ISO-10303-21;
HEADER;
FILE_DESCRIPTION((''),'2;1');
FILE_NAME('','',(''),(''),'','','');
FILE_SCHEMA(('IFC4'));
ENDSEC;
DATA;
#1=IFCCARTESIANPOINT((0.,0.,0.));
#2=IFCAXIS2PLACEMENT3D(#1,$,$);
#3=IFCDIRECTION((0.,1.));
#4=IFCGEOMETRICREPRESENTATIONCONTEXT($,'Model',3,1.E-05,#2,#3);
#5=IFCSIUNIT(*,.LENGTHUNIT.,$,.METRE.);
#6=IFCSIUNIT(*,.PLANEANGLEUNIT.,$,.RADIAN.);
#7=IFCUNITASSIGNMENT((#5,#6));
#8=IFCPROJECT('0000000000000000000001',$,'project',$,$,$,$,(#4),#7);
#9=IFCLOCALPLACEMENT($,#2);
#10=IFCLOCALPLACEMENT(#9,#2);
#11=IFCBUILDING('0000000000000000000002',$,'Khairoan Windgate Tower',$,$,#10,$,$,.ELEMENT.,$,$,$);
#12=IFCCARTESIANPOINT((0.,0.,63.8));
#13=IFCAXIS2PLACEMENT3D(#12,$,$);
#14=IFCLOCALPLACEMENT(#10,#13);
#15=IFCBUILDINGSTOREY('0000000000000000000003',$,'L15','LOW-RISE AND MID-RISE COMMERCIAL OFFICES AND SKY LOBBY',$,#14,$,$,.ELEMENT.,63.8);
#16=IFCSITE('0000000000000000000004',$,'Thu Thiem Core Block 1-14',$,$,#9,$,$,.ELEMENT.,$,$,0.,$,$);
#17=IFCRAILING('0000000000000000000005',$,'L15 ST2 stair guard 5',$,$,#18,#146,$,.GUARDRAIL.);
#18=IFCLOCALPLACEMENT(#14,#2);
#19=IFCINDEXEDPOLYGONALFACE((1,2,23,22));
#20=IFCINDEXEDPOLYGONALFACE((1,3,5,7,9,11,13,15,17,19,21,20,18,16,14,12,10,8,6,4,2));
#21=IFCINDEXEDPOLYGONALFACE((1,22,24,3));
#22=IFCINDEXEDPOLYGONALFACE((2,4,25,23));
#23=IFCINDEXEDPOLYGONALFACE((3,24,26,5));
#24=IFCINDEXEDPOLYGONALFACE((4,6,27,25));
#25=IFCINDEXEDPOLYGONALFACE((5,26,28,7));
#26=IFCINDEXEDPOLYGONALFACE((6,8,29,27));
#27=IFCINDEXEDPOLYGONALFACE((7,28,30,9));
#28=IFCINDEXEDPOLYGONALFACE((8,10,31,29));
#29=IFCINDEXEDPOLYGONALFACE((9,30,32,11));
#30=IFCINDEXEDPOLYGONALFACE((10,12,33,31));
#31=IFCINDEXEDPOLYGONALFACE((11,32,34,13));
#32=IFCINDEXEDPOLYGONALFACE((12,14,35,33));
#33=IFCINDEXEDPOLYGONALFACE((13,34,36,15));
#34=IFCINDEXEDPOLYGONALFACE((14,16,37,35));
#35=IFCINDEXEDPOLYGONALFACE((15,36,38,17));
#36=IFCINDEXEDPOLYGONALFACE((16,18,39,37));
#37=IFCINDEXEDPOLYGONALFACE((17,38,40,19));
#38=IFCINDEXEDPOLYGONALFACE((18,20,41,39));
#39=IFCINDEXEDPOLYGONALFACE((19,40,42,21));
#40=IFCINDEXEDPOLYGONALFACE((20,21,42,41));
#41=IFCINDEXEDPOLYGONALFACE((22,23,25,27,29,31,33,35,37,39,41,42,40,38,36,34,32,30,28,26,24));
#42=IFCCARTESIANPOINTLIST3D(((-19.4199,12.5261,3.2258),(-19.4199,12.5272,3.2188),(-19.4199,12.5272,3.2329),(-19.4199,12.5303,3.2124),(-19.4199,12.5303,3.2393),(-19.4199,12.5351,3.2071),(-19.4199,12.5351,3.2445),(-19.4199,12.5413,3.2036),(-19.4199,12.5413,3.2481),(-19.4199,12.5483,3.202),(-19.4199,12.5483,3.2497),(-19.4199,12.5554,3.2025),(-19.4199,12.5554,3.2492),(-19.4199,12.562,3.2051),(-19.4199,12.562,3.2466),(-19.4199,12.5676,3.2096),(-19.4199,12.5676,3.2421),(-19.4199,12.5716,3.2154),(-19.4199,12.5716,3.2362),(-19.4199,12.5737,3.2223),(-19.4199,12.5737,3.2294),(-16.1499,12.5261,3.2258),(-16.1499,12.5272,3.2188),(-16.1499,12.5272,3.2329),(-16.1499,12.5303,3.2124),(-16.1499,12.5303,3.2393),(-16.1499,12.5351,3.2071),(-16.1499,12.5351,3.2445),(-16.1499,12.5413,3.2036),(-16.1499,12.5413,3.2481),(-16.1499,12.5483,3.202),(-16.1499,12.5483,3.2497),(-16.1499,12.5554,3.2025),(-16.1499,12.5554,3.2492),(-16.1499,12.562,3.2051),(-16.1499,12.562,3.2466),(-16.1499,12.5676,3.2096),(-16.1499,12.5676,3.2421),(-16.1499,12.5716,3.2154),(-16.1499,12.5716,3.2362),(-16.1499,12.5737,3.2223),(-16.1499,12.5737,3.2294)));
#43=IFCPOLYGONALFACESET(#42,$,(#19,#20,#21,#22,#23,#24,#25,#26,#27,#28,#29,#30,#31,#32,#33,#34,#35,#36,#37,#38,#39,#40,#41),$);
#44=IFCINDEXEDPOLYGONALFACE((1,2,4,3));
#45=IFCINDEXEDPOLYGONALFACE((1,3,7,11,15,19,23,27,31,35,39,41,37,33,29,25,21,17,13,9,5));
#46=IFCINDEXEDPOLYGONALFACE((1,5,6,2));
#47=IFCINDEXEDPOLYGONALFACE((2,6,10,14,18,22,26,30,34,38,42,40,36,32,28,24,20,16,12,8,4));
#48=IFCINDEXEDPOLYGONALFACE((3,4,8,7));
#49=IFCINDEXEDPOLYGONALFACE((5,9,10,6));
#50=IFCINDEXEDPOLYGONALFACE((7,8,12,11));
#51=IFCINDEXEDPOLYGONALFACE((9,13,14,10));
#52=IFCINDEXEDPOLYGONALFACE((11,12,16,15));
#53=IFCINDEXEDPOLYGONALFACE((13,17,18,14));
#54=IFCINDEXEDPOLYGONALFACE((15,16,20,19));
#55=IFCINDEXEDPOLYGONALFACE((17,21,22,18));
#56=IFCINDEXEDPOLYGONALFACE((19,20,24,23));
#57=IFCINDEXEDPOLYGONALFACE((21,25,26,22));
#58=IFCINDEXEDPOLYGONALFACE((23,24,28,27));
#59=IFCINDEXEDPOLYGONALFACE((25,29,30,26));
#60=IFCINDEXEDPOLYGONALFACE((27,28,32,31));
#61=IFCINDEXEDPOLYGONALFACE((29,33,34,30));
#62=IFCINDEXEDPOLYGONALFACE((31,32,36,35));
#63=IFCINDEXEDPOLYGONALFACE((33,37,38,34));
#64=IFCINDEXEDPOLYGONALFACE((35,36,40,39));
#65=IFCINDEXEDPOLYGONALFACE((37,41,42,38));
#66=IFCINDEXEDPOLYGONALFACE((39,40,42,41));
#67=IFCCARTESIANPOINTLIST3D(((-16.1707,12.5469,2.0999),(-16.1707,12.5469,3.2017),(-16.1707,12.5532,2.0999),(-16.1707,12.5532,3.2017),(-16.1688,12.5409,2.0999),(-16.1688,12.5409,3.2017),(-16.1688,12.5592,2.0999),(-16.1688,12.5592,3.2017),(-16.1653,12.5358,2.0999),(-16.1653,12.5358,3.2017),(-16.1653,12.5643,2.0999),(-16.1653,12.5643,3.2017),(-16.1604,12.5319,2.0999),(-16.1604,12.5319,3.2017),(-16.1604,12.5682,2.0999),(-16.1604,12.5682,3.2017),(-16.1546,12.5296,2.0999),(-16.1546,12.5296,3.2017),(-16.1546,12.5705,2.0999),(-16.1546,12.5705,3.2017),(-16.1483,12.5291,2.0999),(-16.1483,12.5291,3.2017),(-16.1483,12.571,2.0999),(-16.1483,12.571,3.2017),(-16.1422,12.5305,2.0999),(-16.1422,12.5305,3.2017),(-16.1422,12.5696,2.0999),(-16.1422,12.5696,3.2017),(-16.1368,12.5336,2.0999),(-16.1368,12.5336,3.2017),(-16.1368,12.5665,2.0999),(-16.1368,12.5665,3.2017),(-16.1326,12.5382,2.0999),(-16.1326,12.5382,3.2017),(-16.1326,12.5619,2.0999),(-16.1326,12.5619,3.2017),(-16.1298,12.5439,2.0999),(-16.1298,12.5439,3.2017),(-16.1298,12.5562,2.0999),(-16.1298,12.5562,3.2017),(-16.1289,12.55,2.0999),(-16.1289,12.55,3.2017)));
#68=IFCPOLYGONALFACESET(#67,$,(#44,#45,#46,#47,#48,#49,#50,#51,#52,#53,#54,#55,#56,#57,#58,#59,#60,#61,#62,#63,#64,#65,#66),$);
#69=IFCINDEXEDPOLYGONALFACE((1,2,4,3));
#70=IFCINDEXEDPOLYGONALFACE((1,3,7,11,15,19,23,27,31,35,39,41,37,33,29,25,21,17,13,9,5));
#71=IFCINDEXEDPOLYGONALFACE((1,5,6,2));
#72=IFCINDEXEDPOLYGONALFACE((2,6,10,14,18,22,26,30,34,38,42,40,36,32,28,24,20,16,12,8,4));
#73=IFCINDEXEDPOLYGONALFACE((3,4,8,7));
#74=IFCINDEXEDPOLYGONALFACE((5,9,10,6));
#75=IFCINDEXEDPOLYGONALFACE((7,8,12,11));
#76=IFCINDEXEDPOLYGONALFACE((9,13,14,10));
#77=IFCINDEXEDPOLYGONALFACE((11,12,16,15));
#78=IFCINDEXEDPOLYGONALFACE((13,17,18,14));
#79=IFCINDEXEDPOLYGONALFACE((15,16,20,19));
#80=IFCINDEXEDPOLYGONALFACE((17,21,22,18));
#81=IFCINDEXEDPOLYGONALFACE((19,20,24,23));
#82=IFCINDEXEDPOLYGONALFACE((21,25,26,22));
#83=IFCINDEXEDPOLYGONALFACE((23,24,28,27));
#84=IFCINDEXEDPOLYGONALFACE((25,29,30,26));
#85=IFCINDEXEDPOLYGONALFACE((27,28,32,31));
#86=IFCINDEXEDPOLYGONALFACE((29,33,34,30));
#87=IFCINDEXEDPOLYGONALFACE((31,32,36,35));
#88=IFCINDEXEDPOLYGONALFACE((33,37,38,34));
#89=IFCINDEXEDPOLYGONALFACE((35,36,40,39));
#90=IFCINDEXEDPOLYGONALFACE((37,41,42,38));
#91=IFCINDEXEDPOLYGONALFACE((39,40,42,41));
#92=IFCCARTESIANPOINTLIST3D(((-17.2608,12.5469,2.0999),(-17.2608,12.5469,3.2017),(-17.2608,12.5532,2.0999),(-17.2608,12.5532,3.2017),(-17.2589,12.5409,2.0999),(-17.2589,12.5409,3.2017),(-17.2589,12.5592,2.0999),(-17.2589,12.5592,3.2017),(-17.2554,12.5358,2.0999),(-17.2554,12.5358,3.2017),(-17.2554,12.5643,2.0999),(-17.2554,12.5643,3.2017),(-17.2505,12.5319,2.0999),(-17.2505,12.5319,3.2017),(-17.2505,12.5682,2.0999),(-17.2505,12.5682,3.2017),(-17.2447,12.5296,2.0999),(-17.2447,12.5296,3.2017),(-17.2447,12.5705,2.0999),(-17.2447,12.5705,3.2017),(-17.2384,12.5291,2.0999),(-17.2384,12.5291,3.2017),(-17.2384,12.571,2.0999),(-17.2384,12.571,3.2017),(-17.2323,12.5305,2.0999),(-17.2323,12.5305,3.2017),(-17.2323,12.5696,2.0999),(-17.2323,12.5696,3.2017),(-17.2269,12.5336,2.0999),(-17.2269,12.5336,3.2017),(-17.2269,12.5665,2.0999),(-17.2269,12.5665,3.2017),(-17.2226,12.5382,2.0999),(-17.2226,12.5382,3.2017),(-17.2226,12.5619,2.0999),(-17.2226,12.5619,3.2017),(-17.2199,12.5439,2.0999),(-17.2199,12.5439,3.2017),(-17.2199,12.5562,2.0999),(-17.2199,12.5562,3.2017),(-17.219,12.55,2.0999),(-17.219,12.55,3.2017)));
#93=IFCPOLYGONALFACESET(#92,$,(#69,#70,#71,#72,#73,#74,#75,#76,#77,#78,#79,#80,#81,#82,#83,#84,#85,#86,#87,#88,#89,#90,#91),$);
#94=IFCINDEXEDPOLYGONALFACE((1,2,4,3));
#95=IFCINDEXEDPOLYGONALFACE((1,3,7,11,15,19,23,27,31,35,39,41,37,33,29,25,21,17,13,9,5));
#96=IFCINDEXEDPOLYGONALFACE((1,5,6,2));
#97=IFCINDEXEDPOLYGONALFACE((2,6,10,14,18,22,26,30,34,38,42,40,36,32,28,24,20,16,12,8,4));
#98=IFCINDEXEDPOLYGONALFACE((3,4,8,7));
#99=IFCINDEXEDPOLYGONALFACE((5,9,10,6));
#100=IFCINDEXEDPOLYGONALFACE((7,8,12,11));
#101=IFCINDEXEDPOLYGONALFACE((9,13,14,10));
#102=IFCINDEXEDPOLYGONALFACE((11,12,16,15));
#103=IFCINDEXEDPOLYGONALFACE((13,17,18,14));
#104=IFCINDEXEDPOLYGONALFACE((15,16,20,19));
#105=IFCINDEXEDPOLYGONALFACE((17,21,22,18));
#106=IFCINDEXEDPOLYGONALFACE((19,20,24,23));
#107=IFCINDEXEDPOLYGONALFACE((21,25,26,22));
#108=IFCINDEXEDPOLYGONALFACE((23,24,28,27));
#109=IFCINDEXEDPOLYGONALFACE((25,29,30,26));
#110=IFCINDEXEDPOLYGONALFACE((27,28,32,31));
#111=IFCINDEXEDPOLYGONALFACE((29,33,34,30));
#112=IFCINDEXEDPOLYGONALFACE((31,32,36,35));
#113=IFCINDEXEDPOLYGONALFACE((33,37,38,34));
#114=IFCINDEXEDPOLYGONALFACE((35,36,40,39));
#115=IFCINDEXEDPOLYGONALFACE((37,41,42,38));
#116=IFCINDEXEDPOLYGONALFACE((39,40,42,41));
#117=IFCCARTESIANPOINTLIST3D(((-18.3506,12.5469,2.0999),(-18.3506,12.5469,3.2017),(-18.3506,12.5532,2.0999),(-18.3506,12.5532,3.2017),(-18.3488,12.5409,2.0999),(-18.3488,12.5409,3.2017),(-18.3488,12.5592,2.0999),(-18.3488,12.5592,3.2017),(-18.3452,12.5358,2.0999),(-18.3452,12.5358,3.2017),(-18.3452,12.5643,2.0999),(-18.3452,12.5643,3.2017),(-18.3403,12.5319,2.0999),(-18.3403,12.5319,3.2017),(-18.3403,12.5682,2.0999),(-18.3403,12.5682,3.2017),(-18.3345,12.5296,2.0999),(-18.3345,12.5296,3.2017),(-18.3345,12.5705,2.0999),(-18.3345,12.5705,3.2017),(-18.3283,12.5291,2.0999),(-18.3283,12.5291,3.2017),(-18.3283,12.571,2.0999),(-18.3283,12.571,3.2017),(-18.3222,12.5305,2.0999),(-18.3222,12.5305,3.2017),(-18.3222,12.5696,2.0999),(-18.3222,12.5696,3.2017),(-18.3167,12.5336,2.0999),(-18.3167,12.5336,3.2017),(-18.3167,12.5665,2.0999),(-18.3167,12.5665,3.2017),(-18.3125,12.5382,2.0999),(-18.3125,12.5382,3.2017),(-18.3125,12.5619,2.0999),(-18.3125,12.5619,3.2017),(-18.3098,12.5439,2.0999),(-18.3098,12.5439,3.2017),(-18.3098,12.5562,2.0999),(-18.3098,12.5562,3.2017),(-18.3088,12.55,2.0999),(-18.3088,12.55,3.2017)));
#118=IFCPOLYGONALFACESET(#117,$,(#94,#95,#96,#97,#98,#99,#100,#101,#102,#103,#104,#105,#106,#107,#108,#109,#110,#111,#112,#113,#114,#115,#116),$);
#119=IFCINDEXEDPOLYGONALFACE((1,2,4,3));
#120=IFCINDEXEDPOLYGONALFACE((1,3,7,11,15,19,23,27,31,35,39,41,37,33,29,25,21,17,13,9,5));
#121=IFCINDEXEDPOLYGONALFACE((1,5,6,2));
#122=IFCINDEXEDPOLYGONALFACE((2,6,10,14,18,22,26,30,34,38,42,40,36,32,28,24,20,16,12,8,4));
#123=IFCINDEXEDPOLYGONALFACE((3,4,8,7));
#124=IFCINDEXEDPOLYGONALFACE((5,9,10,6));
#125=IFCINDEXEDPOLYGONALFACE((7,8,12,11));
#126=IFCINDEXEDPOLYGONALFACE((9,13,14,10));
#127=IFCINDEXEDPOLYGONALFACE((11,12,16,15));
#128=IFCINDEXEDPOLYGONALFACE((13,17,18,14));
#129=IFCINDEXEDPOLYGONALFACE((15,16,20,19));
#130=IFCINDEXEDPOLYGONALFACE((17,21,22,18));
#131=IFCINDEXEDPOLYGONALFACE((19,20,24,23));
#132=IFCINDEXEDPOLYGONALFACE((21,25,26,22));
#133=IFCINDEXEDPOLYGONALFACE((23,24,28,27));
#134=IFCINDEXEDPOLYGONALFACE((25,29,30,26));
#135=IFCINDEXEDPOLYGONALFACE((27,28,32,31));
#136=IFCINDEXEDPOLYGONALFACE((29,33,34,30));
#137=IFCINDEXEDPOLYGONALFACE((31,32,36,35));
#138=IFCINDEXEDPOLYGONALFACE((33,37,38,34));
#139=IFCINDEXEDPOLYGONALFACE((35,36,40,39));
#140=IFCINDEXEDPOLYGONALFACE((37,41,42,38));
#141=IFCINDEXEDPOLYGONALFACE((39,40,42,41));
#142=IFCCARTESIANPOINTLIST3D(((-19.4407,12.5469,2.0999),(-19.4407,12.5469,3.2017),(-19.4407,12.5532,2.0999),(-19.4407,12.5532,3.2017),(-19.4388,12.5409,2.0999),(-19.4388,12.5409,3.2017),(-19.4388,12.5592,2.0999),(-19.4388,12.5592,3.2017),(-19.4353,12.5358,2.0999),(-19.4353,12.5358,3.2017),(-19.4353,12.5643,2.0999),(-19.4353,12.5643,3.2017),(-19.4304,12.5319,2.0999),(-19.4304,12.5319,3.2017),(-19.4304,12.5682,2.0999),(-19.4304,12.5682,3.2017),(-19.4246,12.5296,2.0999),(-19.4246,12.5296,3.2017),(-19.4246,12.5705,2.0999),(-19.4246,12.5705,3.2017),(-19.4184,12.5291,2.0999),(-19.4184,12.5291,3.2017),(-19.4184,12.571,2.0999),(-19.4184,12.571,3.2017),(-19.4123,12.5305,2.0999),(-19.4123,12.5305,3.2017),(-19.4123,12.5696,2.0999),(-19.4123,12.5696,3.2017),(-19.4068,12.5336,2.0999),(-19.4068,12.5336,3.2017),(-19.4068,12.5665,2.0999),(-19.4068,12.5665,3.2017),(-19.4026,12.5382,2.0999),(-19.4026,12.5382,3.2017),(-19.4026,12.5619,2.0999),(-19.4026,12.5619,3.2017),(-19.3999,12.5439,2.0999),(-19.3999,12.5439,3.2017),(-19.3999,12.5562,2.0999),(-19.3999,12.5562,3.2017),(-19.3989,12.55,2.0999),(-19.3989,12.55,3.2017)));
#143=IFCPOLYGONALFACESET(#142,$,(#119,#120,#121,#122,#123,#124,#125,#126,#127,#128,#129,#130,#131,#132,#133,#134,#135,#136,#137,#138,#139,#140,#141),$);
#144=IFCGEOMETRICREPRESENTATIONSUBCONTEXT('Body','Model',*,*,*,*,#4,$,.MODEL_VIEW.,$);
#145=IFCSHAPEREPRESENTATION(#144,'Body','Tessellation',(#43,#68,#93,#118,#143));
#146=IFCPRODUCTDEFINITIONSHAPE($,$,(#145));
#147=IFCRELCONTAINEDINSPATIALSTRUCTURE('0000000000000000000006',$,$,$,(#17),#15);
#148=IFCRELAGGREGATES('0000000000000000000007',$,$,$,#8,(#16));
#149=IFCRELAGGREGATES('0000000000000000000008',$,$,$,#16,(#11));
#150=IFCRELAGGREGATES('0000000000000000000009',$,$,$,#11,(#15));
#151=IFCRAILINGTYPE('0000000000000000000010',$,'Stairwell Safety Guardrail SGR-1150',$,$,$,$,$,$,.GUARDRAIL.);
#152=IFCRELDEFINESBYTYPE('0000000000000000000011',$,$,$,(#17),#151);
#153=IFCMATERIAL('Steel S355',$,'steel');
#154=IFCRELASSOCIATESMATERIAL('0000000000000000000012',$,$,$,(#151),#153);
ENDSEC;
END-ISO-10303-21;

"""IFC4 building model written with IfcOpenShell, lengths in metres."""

from ifc_helpers import new_model, si_unit, direction, frame, origin, origin_2d, place, context, subcontext, project, spatial, circle, extrude, material, type_object, element, save


model = new_model("IFC4")

# Units and contexts
model_context = context("Model", 3, precision=1e-05, world=origin(), true_north=direction((0.0, 1.0)))
body_context = subcontext(model_context, "Body", "Model", "MODEL_VIEW")
ifc_project = project(units=[si_unit("LENGTHUNIT", "METRE"), si_unit("PLANEANGLEUNIT", "RADIAN")], contexts=[model_context])

# Site, building, storey
site_placement = place(None, origin())
site = spatial("IfcSite", under=ifc_project, at=site_placement, Name="Thu Thiem Core Block 1-14", CompositionType="ELEMENT", RefElevation=0.0)
building_placement = place(site_placement, origin())
building = spatial("IfcBuilding", under=site, at=building_placement, Name="Khairoan Windgate Tower", CompositionType="ELEMENT")
storey_placement = place(building_placement, frame((0.0, 0.0, 63.8)))
storey = spatial("IfcBuildingStorey", under=building, at=storey_placement, Name="L15", Description="LOW-RISE AND MID-RISE COMMERCIAL OFFICES AND SKY LOBBY", CompositionType="ELEMENT", Elevation=63.8)

# Railing
ifc_material_1 = material(Name="Steel S355", Category="steel")
railing_type = type_object("IfcRailingType", Name="Stairwell Safety Guardrail SGR-1150", PredefinedType="GUARDRAIL", material=ifc_material_1)
railing_1_placement = place(storey_placement, frame((-16.1499, 12.55, 2.0999)))
element("IfcRailing", 1, at=railing_1_placement, inside=storey, type_object=railing_type, Name="L15 ST2 stair guard 5", PredefinedType="GUARDRAIL", context=body_context, shape_type="SweptSolid", body=[
    extrude(circle(Radius=0.0239, at=origin_2d()), frame((0.0, 0.0, 1.126), z_axis=(-1.0, 0.0, 0.0), x_axis=(0.0, -1.0, 0.0)), (0.0, 0.0, 1.0), 3.27),
    extrude(circle(Radius=0.021, at=origin_2d()), origin(), (0.0, 0.0, 1.0), 1.1018),
    extrude(circle(Radius=0.021, at=origin_2d()), frame((-1.0901, 0.0, 0.0)), (0.0, 0.0, 1.0), 1.1018),
    extrude(circle(Radius=0.021, at=origin_2d()), frame((-2.1799, 0.0, 0.0)), (0.0, 0.0, 1.0), 1.1018),
    extrude(circle(Radius=0.021, at=origin_2d()), frame((-3.27, 0.0, 0.0)), (0.0, 0.0, 1.0), 1.1018),
])

save(model, "model.ifc")
